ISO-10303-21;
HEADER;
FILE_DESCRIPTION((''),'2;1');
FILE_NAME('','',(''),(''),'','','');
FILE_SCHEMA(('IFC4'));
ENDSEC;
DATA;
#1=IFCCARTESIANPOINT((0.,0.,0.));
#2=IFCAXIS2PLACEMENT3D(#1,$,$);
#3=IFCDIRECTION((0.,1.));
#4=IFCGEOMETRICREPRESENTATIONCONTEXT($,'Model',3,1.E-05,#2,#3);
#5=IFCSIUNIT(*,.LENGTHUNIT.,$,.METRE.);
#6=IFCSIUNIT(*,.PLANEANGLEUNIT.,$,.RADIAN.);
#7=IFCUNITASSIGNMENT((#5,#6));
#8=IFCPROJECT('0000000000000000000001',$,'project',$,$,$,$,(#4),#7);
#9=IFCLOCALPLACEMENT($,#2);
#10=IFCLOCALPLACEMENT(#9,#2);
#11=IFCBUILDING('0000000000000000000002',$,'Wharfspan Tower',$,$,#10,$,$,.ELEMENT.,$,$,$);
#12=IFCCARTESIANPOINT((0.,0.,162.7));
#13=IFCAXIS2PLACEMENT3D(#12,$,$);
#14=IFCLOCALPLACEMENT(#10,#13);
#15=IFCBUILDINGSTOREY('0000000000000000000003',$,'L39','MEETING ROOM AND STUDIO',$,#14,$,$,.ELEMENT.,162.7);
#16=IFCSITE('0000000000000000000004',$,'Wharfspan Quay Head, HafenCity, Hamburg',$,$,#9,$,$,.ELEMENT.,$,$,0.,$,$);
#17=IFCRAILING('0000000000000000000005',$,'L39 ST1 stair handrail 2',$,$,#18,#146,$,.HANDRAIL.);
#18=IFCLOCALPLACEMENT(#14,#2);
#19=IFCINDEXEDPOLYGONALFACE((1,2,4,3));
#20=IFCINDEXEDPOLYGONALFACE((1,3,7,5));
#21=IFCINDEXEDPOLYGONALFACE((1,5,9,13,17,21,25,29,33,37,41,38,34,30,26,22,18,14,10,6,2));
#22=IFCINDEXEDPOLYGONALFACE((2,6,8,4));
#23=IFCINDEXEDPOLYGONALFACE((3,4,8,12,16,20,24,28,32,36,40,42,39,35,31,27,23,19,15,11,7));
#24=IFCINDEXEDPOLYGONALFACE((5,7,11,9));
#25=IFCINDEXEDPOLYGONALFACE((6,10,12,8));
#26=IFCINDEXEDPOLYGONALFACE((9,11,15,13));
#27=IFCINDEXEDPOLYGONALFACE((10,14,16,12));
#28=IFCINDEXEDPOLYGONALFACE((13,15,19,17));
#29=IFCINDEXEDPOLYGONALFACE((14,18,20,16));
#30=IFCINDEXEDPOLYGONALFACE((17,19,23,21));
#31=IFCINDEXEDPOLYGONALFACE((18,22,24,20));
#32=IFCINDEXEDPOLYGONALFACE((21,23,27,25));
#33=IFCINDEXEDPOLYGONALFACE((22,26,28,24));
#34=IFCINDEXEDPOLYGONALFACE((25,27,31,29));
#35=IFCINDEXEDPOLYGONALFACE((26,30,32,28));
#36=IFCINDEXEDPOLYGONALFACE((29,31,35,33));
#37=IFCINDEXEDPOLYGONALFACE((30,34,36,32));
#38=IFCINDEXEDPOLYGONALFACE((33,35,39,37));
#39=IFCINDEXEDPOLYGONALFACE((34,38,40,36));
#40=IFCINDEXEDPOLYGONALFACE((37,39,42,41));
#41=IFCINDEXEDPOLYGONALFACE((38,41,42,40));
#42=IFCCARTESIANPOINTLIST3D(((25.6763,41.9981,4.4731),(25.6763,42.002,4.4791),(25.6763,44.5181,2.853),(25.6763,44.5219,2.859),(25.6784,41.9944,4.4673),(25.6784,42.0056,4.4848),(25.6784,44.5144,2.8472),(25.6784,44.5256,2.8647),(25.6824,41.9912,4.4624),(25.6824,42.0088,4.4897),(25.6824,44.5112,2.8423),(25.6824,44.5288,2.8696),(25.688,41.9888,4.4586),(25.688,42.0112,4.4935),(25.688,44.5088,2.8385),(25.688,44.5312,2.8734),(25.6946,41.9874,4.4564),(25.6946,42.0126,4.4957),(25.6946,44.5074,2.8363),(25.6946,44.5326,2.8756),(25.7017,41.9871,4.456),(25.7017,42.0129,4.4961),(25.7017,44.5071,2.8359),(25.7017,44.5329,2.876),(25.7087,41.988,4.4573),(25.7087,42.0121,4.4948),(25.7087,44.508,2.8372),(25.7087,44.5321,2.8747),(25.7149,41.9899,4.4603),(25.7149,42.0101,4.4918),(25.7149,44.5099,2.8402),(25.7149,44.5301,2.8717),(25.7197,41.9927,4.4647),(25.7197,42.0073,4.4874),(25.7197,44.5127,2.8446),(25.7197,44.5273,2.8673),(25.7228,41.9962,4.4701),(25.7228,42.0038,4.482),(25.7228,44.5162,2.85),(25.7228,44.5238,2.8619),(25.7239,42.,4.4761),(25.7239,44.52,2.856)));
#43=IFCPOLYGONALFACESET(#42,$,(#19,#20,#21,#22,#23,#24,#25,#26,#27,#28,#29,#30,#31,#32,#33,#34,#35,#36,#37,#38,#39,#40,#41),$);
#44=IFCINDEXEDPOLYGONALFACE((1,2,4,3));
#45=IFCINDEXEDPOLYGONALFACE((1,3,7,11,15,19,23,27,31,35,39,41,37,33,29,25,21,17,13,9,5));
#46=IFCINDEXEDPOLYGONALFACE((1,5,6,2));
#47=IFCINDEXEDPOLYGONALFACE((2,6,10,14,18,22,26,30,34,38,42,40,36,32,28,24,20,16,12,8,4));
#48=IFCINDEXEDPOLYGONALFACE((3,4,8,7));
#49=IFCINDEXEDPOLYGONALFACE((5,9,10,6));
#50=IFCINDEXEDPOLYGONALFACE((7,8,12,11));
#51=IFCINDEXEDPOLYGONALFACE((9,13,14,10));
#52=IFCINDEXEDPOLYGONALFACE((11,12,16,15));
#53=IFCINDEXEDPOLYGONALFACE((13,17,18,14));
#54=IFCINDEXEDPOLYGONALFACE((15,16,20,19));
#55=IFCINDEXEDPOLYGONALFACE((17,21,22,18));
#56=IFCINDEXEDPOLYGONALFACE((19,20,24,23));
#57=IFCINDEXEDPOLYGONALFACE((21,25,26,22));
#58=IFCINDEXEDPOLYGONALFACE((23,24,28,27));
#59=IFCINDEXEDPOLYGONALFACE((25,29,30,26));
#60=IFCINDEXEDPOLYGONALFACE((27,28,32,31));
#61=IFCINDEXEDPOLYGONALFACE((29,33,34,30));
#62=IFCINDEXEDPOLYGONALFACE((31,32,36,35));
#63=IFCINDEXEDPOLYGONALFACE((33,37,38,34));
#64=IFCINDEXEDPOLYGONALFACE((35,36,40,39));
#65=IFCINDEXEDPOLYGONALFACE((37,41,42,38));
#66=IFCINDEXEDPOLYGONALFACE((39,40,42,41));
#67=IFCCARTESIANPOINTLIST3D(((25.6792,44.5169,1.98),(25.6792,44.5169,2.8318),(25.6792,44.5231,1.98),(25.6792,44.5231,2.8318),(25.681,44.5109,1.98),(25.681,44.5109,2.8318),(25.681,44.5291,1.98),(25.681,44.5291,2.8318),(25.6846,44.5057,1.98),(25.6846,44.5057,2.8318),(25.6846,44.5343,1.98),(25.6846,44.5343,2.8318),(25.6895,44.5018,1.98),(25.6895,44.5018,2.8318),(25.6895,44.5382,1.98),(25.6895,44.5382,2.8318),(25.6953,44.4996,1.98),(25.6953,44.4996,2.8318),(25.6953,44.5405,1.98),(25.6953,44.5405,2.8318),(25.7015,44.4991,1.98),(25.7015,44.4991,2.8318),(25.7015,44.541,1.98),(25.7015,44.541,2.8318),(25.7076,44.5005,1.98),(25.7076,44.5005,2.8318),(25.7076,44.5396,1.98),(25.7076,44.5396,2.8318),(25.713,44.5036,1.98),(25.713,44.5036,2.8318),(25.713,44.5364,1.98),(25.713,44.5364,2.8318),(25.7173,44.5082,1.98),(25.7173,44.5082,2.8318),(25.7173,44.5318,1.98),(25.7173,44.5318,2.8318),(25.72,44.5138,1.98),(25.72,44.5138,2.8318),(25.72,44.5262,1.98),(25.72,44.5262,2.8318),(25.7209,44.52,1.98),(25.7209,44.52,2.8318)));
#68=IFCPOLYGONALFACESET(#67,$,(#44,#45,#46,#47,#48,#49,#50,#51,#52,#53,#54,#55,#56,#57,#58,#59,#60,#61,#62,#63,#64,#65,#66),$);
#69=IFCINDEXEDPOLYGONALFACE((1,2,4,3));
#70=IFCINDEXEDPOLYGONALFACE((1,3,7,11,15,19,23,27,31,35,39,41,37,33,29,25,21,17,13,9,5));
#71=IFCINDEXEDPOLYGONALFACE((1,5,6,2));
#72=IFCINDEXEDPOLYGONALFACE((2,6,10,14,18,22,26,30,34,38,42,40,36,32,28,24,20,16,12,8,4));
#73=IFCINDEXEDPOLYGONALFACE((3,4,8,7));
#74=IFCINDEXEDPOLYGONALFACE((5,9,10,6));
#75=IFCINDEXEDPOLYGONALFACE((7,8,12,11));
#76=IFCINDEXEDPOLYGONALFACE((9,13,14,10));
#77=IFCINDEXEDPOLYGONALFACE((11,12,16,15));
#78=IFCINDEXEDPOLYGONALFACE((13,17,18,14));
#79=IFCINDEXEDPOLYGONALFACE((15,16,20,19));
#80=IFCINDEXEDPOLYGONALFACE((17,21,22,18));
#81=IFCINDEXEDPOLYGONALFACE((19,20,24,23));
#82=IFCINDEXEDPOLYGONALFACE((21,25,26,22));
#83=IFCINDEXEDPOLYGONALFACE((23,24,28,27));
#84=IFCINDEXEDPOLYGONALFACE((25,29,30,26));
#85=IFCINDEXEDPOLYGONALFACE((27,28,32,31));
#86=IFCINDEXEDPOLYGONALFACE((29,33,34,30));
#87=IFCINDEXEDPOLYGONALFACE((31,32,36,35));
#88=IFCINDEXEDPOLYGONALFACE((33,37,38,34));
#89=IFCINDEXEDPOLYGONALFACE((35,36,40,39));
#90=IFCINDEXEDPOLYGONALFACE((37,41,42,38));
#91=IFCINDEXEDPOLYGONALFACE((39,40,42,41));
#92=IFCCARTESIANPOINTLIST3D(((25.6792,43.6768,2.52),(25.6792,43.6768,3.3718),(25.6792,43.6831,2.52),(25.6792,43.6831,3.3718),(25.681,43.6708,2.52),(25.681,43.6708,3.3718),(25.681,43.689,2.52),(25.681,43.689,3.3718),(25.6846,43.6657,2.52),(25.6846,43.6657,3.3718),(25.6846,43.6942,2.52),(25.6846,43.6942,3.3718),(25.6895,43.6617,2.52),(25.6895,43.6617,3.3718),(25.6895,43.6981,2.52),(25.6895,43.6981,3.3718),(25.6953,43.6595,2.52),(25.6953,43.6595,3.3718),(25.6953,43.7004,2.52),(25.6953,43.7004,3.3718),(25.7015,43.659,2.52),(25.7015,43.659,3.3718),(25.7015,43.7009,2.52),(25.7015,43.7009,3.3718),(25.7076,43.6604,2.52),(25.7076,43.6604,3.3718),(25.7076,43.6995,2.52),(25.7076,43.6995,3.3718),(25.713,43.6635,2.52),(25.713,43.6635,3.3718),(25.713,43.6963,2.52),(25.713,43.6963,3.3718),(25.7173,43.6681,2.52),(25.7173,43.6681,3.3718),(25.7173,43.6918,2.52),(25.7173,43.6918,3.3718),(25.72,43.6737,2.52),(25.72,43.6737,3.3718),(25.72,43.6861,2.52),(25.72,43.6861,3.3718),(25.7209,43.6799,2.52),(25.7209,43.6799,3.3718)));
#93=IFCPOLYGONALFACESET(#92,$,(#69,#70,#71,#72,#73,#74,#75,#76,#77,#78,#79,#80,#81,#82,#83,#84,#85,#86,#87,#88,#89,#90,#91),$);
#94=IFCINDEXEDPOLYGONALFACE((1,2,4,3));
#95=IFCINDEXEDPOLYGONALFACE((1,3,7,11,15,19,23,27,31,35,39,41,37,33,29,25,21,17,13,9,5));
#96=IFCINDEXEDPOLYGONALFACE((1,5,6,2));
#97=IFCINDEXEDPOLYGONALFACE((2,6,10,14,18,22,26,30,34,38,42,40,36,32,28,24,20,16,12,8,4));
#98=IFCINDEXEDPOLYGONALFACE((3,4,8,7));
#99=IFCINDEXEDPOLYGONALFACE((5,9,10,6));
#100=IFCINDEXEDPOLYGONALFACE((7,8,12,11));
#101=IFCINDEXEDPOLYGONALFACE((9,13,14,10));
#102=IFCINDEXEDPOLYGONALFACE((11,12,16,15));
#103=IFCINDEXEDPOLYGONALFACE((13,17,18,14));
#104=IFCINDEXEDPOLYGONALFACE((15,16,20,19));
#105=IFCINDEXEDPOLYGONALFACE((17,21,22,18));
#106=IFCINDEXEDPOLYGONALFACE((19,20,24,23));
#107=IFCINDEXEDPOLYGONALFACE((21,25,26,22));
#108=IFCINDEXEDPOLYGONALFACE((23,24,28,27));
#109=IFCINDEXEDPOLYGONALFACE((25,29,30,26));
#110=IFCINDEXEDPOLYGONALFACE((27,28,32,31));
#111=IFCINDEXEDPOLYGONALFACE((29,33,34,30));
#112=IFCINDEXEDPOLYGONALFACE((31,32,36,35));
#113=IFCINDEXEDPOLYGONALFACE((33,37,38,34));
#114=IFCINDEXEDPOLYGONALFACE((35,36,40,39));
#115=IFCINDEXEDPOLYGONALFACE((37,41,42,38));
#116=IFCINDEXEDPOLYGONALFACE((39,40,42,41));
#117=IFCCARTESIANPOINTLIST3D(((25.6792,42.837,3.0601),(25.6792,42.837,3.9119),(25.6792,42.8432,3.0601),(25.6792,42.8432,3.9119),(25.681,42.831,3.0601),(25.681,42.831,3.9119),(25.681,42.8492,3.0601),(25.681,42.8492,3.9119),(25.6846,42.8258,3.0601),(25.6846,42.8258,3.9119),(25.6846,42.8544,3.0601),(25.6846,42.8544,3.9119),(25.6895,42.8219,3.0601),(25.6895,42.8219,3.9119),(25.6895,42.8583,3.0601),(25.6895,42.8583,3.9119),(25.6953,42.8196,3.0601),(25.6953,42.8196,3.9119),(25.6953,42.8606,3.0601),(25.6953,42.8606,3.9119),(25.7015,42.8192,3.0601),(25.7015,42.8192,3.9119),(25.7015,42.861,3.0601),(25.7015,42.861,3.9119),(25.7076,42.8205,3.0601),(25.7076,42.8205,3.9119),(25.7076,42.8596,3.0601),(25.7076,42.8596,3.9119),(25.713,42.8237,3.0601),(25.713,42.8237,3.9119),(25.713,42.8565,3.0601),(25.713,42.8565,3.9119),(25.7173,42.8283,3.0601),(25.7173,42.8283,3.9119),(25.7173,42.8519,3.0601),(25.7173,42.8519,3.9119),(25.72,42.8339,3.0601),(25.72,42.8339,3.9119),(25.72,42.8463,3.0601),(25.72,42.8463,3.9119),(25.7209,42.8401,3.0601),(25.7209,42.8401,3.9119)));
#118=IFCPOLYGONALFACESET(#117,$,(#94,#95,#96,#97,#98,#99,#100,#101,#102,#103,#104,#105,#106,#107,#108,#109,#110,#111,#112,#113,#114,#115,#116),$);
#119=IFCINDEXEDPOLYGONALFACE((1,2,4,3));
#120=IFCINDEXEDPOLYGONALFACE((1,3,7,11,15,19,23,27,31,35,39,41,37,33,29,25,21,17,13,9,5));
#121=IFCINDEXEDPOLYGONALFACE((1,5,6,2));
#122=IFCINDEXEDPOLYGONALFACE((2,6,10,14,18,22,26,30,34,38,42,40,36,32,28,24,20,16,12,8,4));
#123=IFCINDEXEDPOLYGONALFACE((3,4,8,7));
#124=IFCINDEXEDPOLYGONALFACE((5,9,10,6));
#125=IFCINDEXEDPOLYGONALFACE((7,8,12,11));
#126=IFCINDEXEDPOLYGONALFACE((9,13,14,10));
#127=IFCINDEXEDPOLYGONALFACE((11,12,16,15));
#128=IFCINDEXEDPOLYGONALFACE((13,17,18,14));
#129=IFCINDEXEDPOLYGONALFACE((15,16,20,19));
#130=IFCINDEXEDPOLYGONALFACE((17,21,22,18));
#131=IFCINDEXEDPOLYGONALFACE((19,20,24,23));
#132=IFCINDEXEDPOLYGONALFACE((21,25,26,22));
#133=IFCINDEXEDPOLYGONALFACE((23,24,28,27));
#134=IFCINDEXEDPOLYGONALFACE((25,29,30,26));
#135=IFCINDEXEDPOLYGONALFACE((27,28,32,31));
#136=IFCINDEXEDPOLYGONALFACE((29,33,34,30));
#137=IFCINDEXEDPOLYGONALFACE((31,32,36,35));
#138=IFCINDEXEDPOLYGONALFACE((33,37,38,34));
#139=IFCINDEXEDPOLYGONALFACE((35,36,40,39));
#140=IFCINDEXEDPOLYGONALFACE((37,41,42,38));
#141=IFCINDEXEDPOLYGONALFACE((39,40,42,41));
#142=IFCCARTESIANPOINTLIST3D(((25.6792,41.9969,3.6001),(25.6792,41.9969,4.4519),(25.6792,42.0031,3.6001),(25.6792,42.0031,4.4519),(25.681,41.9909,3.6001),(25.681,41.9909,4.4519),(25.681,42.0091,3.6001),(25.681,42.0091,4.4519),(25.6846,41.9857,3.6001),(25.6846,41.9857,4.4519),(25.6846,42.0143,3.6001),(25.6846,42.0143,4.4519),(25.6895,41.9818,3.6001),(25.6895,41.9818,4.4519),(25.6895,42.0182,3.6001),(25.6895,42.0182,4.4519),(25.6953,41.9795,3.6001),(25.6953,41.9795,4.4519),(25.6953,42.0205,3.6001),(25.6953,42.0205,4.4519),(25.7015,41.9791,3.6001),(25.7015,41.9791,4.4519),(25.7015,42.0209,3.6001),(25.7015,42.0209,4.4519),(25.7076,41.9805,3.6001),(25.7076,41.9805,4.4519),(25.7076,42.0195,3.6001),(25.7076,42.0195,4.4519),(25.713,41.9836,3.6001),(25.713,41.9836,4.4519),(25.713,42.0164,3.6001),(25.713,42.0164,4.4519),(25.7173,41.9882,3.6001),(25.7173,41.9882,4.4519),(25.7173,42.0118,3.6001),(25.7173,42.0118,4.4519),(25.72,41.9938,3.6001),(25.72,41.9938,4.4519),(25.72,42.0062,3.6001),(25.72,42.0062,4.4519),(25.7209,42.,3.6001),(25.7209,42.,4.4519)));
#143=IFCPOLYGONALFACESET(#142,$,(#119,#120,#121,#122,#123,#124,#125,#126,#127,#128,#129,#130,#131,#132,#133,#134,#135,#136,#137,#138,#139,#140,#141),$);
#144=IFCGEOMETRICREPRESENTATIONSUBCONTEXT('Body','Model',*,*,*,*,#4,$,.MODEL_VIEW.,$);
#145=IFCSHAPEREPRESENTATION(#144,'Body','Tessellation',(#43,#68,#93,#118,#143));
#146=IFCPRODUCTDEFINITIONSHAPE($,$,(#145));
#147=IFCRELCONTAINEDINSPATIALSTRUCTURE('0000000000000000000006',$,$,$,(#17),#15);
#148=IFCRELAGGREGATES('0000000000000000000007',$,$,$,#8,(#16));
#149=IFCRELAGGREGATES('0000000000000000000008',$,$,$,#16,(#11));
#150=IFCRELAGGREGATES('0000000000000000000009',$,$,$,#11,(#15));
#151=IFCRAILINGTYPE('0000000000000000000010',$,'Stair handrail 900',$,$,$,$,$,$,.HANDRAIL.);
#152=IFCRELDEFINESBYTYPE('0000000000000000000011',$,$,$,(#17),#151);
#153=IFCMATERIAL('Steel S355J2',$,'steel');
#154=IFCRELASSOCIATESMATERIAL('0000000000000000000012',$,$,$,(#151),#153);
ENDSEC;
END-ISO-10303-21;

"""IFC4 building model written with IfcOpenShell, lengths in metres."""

from ifc_helpers import new_model, si_unit, direction, frame, origin, origin_2d, place, context, subcontext, project, spatial, circle, extrude, material, type_object, element, save


model = new_model("IFC4")

# Units and contexts
model_context = context("Model", 3, precision=1e-05, world=origin(), true_north=direction((0.0, 1.0)))
body_context = subcontext(model_context, "Body", "Model", "MODEL_VIEW")
ifc_project = project(units=[si_unit("LENGTHUNIT", "METRE"), si_unit("PLANEANGLEUNIT", "RADIAN")], contexts=[model_context])

# Site, building, storey
site_placement = place(None, origin())
site = spatial("IfcSite", under=ifc_project, at=site_placement, Name="Wharfspan Quay Head, HafenCity, Hamburg", CompositionType="ELEMENT", RefElevation=0.0)
building_placement = place(site_placement, origin())
building = spatial("IfcBuilding", under=site, at=building_placement, Name="Wharfspan Tower", CompositionType="ELEMENT")
storey_placement = place(building_placement, frame((0.0, 0.0, 162.7)))
storey = spatial("IfcBuildingStorey", under=building, at=storey_placement, Name="L39", Description="MEETING ROOM AND STUDIO", CompositionType="ELEMENT", Elevation=162.7)

# Shared definitions
ifc_material_1 = material(Name="Steel S355J2", Category="steel")

# Railing
railing_type = type_object("IfcRailingType", Name="Stair handrail 900", PredefinedType="HANDRAIL", material=ifc_material_1)
railing_placement = place(storey_placement, frame((25.7, 44.52, 1.98)))
element("IfcRailing", 1, at=railing_placement, inside=storey, type_object=railing_type, Name="L39 ST1 stair handrail 2", PredefinedType="HANDRAIL", context=body_context, shape_type="SweptSolid", body=[
    extrude(circle(Radius=0.0239, at=origin_2d()), frame((0.0, 0.0, 0.876), z_axis=(0.0, -0.841163, 0.540782), x_axis=(1.0, 0.0, 0.0)), (0.0, 0.0, 1.0), 2.9958),
    extrude(circle(Radius=0.021, at=origin_2d()), origin(), (0.0, 0.0, 1.0), 0.8518),
    extrude(circle(Radius=0.021, at=origin_2d()), frame((0.0, -0.8401, 0.54)), (0.0, 0.0, 1.0), 0.8518),
    extrude(circle(Radius=0.021, at=origin_2d()), frame((0.0, -1.6799, 1.0801)), (0.0, 0.0, 1.0), 0.8518),
    extrude(circle(Radius=0.021, at=origin_2d()), frame((0.0, -2.52, 1.6201)), (0.0, 0.0, 1.0), 0.8518),
])

save(model, "model.ifc")
